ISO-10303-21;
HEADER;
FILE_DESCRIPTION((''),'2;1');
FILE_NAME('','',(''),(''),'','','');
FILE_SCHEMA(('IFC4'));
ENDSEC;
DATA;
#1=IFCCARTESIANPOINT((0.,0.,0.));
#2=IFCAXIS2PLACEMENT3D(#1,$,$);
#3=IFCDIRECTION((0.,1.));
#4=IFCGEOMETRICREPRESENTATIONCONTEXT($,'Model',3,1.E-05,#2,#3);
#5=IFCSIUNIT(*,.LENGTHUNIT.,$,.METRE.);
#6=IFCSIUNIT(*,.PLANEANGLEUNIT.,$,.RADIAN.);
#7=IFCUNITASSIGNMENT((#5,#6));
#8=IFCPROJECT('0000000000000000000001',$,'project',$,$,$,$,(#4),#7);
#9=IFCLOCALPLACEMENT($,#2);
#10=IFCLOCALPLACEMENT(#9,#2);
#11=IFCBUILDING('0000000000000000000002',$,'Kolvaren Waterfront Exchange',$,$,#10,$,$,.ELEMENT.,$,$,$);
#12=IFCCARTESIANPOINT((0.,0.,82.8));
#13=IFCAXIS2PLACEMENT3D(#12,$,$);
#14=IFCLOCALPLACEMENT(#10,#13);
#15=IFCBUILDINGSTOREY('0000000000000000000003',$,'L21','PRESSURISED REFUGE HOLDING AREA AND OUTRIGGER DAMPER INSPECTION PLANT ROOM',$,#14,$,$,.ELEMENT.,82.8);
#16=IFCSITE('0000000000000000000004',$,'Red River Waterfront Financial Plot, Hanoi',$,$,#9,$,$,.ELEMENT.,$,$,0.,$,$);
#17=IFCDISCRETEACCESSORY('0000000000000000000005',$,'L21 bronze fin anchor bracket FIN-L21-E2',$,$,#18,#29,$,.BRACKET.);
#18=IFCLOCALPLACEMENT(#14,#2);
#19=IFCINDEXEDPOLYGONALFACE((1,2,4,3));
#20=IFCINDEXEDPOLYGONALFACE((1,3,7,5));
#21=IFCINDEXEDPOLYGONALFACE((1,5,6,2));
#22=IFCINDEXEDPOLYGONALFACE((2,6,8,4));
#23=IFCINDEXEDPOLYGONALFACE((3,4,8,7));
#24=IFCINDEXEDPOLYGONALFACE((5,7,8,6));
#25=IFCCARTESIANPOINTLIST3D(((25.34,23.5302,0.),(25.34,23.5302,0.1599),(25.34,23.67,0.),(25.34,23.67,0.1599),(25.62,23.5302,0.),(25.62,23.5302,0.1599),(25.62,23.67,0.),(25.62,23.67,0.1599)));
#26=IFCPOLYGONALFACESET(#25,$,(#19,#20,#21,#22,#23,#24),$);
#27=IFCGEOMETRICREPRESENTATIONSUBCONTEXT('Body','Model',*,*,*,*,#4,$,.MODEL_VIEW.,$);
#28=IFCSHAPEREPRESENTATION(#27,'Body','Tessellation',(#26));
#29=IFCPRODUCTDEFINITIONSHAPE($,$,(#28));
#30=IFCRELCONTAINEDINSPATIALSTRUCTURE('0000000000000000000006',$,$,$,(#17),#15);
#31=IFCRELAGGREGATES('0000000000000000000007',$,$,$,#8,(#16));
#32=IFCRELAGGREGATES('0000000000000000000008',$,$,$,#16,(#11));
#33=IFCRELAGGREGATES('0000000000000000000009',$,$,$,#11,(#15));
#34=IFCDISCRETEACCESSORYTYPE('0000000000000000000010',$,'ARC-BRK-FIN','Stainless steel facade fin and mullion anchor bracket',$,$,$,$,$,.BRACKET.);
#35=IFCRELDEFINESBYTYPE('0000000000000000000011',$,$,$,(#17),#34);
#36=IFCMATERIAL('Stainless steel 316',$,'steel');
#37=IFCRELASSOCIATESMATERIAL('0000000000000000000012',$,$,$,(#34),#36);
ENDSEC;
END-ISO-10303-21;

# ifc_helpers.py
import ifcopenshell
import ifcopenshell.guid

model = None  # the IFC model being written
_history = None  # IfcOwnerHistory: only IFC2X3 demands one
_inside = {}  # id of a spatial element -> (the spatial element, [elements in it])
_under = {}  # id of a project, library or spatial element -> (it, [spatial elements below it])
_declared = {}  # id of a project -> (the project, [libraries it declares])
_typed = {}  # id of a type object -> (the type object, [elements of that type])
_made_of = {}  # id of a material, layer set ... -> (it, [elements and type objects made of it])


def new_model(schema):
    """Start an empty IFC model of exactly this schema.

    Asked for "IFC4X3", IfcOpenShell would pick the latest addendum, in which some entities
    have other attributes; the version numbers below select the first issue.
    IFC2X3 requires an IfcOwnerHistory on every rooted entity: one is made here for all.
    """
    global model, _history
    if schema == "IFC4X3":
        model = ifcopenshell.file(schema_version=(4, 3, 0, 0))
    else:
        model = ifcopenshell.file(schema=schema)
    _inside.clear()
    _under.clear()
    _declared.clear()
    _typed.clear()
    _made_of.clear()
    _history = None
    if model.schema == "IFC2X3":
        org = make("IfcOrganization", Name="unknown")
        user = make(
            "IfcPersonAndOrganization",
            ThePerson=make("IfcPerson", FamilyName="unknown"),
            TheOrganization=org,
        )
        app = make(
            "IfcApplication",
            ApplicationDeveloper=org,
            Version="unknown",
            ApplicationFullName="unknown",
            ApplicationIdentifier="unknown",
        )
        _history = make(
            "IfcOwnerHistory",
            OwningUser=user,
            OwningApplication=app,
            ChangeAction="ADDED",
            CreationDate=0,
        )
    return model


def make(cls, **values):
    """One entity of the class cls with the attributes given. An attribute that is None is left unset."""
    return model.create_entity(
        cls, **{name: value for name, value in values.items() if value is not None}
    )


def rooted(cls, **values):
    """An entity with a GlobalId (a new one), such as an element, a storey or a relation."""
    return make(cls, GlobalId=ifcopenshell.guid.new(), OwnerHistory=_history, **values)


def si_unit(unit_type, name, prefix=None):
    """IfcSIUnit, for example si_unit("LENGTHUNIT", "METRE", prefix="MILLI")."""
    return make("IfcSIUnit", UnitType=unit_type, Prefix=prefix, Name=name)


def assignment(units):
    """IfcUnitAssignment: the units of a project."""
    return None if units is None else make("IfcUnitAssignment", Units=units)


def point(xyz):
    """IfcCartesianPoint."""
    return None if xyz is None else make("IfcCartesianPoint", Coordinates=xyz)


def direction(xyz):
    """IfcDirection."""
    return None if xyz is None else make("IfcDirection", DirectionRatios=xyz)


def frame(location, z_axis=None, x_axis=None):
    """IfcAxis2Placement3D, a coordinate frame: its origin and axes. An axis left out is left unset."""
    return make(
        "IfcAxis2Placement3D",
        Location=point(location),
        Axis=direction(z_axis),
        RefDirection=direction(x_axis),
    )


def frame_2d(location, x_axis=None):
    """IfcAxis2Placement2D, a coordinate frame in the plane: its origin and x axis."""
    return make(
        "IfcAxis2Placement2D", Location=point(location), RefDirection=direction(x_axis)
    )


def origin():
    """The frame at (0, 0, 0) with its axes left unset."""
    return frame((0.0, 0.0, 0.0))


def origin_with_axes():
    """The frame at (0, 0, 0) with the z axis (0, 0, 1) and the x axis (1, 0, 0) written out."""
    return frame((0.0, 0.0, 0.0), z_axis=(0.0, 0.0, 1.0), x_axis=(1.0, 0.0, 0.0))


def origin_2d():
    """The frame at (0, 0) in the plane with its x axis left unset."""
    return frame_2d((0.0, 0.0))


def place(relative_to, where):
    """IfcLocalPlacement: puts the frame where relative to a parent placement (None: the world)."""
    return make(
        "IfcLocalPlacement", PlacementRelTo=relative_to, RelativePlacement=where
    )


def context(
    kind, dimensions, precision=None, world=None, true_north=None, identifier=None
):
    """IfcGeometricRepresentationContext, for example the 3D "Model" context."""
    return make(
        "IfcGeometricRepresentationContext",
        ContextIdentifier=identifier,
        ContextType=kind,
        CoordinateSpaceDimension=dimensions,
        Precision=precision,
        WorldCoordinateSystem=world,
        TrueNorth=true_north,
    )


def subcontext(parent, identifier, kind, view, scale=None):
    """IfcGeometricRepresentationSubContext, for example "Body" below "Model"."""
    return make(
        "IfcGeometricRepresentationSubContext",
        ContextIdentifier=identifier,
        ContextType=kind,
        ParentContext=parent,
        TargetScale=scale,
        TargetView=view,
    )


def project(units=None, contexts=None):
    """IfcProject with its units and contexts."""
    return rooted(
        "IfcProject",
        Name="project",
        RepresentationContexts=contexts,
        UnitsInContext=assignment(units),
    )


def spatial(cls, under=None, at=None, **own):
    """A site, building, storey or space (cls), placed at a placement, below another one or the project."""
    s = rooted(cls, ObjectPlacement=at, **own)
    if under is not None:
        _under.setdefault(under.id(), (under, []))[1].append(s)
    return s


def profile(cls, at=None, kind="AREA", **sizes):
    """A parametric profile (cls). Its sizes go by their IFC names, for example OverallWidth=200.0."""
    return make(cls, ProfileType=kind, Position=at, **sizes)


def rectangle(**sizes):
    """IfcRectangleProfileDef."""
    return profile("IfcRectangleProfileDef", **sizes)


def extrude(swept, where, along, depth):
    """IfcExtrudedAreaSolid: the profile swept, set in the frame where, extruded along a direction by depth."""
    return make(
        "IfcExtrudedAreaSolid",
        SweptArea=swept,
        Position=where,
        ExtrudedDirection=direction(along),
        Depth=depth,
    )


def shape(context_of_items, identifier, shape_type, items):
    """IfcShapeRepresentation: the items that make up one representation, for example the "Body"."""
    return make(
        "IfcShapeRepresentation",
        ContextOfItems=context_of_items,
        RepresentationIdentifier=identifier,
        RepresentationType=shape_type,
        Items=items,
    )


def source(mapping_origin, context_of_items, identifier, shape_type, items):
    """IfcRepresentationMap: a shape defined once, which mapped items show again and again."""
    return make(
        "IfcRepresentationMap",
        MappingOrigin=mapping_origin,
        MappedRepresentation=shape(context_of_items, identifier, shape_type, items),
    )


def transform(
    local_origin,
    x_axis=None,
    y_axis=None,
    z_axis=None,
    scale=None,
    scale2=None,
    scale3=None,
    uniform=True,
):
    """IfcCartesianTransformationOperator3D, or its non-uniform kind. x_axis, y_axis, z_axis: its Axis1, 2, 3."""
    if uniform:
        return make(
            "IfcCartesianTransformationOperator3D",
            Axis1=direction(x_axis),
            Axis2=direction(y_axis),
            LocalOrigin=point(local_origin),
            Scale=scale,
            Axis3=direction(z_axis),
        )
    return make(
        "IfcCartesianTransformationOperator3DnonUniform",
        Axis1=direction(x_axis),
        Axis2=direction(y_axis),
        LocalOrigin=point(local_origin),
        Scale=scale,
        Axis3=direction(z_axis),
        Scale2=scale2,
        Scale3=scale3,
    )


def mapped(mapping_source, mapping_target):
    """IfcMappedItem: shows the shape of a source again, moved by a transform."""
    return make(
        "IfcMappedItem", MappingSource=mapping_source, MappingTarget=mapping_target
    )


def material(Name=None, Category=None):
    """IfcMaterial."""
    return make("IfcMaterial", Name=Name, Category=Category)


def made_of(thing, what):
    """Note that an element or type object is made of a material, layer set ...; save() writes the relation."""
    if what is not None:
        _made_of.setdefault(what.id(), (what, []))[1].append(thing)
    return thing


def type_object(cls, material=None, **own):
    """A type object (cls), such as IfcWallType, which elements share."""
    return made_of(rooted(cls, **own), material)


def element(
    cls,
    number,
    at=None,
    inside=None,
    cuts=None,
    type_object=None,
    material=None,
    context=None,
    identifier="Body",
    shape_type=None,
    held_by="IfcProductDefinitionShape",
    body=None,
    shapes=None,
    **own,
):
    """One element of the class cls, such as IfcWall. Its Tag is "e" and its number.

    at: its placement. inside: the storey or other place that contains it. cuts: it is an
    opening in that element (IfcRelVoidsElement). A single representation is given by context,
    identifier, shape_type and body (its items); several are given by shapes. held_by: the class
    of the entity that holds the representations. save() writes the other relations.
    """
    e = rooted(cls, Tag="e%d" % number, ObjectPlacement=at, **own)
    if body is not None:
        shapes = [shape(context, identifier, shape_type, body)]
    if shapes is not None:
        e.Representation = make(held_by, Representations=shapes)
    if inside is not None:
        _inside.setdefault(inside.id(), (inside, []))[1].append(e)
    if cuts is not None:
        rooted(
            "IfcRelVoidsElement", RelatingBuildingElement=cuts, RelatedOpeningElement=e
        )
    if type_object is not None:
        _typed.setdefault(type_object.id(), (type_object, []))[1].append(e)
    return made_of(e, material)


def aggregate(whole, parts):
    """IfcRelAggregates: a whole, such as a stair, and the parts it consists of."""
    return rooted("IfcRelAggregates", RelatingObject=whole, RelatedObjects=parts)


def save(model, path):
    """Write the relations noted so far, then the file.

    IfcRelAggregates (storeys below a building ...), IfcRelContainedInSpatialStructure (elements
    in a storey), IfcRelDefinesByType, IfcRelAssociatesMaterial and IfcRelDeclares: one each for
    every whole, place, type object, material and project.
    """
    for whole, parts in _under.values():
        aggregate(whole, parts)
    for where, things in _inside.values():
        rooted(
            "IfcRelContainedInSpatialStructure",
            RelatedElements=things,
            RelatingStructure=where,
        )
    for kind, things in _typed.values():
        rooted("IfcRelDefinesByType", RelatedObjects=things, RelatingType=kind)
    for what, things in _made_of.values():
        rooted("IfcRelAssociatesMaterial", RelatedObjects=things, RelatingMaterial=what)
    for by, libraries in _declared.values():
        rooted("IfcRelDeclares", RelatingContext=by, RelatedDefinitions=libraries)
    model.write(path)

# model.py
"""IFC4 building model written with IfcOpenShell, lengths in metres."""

from ifc_helpers import new_model, si_unit, direction, frame, origin, origin_with_axes, origin_2d, place, context, subcontext, project, spatial, rectangle, extrude, source, transform, mapped, material, type_object, element, save


model = new_model("IFC4")

# Units and contexts
model_context = context("Model", 3, precision=1e-05, world=origin(), true_north=direction((0.0, 1.0)))
body_context = subcontext(model_context, "Body", "Model", "MODEL_VIEW")
ifc_project = project(units=[si_unit("LENGTHUNIT", "METRE"), si_unit("PLANEANGLEUNIT", "RADIAN")], contexts=[model_context])

# Site, building, storey
site_placement = place(None, origin())
site = spatial("IfcSite", under=ifc_project, at=site_placement, Name="Red River Waterfront Financial Plot, Hanoi", CompositionType="ELEMENT", RefElevation=0.0)
building_placement = place(site_placement, origin())
building = spatial("IfcBuilding", under=site, at=building_placement, Name="Kolvaren Waterfront Exchange", CompositionType="ELEMENT")
storey_placement = place(building_placement, frame((0.0, 0.0, 82.8)))
storey = spatial("IfcBuildingStorey", under=building, at=storey_placement, Name="L21", Description="PRESSURISED REFUGE HOLDING AREA AND OUTRIGGER DAMPER INSPECTION PLANT ROOM", CompositionType="ELEMENT", Elevation=82.8)

# Shared definitions
ifc_material_1 = material(Name="Stainless steel 316", Category="steel")

# Discrete accessory
discrete_accessory_type = type_object("IfcDiscreteAccessoryType", Name="ARC-BRK-FIN", Description="Stainless steel facade fin and mullion anchor bracket", PredefinedType="BRACKET", material=ifc_material_1)
shared_shape_1 = source(origin_with_axes(), body_context, "Body", "SweptSolid", [
    extrude(rectangle(XDim=0.28, YDim=0.1399, at=origin_2d()), origin(), (0.0, 0.0, 1.0), 0.1599),
])
discrete_accessory_placement = place(storey_placement, frame((25.48, 23.6001, 0.0), z_axis=(0.0, 0.0, 1.0), x_axis=(1.0, 0.0, 0.0)))
element("IfcDiscreteAccessory", 1, at=discrete_accessory_placement, inside=storey, type_object=discrete_accessory_type, Name="L21 bronze fin anchor bracket FIN-L21-E2", PredefinedType="BRACKET", context=body_context, shape_type="MappedRepresentation", body=[
    mapped(shared_shape_1, transform((0.0, 0.0, 0.0), x_axis=(1.0, 0.0, 0.0), y_axis=(0.0, 1.0, 0.0), z_axis=(0.0, 0.0, 1.0), scale=1.0)),
])

save(model, "model.ifc")
